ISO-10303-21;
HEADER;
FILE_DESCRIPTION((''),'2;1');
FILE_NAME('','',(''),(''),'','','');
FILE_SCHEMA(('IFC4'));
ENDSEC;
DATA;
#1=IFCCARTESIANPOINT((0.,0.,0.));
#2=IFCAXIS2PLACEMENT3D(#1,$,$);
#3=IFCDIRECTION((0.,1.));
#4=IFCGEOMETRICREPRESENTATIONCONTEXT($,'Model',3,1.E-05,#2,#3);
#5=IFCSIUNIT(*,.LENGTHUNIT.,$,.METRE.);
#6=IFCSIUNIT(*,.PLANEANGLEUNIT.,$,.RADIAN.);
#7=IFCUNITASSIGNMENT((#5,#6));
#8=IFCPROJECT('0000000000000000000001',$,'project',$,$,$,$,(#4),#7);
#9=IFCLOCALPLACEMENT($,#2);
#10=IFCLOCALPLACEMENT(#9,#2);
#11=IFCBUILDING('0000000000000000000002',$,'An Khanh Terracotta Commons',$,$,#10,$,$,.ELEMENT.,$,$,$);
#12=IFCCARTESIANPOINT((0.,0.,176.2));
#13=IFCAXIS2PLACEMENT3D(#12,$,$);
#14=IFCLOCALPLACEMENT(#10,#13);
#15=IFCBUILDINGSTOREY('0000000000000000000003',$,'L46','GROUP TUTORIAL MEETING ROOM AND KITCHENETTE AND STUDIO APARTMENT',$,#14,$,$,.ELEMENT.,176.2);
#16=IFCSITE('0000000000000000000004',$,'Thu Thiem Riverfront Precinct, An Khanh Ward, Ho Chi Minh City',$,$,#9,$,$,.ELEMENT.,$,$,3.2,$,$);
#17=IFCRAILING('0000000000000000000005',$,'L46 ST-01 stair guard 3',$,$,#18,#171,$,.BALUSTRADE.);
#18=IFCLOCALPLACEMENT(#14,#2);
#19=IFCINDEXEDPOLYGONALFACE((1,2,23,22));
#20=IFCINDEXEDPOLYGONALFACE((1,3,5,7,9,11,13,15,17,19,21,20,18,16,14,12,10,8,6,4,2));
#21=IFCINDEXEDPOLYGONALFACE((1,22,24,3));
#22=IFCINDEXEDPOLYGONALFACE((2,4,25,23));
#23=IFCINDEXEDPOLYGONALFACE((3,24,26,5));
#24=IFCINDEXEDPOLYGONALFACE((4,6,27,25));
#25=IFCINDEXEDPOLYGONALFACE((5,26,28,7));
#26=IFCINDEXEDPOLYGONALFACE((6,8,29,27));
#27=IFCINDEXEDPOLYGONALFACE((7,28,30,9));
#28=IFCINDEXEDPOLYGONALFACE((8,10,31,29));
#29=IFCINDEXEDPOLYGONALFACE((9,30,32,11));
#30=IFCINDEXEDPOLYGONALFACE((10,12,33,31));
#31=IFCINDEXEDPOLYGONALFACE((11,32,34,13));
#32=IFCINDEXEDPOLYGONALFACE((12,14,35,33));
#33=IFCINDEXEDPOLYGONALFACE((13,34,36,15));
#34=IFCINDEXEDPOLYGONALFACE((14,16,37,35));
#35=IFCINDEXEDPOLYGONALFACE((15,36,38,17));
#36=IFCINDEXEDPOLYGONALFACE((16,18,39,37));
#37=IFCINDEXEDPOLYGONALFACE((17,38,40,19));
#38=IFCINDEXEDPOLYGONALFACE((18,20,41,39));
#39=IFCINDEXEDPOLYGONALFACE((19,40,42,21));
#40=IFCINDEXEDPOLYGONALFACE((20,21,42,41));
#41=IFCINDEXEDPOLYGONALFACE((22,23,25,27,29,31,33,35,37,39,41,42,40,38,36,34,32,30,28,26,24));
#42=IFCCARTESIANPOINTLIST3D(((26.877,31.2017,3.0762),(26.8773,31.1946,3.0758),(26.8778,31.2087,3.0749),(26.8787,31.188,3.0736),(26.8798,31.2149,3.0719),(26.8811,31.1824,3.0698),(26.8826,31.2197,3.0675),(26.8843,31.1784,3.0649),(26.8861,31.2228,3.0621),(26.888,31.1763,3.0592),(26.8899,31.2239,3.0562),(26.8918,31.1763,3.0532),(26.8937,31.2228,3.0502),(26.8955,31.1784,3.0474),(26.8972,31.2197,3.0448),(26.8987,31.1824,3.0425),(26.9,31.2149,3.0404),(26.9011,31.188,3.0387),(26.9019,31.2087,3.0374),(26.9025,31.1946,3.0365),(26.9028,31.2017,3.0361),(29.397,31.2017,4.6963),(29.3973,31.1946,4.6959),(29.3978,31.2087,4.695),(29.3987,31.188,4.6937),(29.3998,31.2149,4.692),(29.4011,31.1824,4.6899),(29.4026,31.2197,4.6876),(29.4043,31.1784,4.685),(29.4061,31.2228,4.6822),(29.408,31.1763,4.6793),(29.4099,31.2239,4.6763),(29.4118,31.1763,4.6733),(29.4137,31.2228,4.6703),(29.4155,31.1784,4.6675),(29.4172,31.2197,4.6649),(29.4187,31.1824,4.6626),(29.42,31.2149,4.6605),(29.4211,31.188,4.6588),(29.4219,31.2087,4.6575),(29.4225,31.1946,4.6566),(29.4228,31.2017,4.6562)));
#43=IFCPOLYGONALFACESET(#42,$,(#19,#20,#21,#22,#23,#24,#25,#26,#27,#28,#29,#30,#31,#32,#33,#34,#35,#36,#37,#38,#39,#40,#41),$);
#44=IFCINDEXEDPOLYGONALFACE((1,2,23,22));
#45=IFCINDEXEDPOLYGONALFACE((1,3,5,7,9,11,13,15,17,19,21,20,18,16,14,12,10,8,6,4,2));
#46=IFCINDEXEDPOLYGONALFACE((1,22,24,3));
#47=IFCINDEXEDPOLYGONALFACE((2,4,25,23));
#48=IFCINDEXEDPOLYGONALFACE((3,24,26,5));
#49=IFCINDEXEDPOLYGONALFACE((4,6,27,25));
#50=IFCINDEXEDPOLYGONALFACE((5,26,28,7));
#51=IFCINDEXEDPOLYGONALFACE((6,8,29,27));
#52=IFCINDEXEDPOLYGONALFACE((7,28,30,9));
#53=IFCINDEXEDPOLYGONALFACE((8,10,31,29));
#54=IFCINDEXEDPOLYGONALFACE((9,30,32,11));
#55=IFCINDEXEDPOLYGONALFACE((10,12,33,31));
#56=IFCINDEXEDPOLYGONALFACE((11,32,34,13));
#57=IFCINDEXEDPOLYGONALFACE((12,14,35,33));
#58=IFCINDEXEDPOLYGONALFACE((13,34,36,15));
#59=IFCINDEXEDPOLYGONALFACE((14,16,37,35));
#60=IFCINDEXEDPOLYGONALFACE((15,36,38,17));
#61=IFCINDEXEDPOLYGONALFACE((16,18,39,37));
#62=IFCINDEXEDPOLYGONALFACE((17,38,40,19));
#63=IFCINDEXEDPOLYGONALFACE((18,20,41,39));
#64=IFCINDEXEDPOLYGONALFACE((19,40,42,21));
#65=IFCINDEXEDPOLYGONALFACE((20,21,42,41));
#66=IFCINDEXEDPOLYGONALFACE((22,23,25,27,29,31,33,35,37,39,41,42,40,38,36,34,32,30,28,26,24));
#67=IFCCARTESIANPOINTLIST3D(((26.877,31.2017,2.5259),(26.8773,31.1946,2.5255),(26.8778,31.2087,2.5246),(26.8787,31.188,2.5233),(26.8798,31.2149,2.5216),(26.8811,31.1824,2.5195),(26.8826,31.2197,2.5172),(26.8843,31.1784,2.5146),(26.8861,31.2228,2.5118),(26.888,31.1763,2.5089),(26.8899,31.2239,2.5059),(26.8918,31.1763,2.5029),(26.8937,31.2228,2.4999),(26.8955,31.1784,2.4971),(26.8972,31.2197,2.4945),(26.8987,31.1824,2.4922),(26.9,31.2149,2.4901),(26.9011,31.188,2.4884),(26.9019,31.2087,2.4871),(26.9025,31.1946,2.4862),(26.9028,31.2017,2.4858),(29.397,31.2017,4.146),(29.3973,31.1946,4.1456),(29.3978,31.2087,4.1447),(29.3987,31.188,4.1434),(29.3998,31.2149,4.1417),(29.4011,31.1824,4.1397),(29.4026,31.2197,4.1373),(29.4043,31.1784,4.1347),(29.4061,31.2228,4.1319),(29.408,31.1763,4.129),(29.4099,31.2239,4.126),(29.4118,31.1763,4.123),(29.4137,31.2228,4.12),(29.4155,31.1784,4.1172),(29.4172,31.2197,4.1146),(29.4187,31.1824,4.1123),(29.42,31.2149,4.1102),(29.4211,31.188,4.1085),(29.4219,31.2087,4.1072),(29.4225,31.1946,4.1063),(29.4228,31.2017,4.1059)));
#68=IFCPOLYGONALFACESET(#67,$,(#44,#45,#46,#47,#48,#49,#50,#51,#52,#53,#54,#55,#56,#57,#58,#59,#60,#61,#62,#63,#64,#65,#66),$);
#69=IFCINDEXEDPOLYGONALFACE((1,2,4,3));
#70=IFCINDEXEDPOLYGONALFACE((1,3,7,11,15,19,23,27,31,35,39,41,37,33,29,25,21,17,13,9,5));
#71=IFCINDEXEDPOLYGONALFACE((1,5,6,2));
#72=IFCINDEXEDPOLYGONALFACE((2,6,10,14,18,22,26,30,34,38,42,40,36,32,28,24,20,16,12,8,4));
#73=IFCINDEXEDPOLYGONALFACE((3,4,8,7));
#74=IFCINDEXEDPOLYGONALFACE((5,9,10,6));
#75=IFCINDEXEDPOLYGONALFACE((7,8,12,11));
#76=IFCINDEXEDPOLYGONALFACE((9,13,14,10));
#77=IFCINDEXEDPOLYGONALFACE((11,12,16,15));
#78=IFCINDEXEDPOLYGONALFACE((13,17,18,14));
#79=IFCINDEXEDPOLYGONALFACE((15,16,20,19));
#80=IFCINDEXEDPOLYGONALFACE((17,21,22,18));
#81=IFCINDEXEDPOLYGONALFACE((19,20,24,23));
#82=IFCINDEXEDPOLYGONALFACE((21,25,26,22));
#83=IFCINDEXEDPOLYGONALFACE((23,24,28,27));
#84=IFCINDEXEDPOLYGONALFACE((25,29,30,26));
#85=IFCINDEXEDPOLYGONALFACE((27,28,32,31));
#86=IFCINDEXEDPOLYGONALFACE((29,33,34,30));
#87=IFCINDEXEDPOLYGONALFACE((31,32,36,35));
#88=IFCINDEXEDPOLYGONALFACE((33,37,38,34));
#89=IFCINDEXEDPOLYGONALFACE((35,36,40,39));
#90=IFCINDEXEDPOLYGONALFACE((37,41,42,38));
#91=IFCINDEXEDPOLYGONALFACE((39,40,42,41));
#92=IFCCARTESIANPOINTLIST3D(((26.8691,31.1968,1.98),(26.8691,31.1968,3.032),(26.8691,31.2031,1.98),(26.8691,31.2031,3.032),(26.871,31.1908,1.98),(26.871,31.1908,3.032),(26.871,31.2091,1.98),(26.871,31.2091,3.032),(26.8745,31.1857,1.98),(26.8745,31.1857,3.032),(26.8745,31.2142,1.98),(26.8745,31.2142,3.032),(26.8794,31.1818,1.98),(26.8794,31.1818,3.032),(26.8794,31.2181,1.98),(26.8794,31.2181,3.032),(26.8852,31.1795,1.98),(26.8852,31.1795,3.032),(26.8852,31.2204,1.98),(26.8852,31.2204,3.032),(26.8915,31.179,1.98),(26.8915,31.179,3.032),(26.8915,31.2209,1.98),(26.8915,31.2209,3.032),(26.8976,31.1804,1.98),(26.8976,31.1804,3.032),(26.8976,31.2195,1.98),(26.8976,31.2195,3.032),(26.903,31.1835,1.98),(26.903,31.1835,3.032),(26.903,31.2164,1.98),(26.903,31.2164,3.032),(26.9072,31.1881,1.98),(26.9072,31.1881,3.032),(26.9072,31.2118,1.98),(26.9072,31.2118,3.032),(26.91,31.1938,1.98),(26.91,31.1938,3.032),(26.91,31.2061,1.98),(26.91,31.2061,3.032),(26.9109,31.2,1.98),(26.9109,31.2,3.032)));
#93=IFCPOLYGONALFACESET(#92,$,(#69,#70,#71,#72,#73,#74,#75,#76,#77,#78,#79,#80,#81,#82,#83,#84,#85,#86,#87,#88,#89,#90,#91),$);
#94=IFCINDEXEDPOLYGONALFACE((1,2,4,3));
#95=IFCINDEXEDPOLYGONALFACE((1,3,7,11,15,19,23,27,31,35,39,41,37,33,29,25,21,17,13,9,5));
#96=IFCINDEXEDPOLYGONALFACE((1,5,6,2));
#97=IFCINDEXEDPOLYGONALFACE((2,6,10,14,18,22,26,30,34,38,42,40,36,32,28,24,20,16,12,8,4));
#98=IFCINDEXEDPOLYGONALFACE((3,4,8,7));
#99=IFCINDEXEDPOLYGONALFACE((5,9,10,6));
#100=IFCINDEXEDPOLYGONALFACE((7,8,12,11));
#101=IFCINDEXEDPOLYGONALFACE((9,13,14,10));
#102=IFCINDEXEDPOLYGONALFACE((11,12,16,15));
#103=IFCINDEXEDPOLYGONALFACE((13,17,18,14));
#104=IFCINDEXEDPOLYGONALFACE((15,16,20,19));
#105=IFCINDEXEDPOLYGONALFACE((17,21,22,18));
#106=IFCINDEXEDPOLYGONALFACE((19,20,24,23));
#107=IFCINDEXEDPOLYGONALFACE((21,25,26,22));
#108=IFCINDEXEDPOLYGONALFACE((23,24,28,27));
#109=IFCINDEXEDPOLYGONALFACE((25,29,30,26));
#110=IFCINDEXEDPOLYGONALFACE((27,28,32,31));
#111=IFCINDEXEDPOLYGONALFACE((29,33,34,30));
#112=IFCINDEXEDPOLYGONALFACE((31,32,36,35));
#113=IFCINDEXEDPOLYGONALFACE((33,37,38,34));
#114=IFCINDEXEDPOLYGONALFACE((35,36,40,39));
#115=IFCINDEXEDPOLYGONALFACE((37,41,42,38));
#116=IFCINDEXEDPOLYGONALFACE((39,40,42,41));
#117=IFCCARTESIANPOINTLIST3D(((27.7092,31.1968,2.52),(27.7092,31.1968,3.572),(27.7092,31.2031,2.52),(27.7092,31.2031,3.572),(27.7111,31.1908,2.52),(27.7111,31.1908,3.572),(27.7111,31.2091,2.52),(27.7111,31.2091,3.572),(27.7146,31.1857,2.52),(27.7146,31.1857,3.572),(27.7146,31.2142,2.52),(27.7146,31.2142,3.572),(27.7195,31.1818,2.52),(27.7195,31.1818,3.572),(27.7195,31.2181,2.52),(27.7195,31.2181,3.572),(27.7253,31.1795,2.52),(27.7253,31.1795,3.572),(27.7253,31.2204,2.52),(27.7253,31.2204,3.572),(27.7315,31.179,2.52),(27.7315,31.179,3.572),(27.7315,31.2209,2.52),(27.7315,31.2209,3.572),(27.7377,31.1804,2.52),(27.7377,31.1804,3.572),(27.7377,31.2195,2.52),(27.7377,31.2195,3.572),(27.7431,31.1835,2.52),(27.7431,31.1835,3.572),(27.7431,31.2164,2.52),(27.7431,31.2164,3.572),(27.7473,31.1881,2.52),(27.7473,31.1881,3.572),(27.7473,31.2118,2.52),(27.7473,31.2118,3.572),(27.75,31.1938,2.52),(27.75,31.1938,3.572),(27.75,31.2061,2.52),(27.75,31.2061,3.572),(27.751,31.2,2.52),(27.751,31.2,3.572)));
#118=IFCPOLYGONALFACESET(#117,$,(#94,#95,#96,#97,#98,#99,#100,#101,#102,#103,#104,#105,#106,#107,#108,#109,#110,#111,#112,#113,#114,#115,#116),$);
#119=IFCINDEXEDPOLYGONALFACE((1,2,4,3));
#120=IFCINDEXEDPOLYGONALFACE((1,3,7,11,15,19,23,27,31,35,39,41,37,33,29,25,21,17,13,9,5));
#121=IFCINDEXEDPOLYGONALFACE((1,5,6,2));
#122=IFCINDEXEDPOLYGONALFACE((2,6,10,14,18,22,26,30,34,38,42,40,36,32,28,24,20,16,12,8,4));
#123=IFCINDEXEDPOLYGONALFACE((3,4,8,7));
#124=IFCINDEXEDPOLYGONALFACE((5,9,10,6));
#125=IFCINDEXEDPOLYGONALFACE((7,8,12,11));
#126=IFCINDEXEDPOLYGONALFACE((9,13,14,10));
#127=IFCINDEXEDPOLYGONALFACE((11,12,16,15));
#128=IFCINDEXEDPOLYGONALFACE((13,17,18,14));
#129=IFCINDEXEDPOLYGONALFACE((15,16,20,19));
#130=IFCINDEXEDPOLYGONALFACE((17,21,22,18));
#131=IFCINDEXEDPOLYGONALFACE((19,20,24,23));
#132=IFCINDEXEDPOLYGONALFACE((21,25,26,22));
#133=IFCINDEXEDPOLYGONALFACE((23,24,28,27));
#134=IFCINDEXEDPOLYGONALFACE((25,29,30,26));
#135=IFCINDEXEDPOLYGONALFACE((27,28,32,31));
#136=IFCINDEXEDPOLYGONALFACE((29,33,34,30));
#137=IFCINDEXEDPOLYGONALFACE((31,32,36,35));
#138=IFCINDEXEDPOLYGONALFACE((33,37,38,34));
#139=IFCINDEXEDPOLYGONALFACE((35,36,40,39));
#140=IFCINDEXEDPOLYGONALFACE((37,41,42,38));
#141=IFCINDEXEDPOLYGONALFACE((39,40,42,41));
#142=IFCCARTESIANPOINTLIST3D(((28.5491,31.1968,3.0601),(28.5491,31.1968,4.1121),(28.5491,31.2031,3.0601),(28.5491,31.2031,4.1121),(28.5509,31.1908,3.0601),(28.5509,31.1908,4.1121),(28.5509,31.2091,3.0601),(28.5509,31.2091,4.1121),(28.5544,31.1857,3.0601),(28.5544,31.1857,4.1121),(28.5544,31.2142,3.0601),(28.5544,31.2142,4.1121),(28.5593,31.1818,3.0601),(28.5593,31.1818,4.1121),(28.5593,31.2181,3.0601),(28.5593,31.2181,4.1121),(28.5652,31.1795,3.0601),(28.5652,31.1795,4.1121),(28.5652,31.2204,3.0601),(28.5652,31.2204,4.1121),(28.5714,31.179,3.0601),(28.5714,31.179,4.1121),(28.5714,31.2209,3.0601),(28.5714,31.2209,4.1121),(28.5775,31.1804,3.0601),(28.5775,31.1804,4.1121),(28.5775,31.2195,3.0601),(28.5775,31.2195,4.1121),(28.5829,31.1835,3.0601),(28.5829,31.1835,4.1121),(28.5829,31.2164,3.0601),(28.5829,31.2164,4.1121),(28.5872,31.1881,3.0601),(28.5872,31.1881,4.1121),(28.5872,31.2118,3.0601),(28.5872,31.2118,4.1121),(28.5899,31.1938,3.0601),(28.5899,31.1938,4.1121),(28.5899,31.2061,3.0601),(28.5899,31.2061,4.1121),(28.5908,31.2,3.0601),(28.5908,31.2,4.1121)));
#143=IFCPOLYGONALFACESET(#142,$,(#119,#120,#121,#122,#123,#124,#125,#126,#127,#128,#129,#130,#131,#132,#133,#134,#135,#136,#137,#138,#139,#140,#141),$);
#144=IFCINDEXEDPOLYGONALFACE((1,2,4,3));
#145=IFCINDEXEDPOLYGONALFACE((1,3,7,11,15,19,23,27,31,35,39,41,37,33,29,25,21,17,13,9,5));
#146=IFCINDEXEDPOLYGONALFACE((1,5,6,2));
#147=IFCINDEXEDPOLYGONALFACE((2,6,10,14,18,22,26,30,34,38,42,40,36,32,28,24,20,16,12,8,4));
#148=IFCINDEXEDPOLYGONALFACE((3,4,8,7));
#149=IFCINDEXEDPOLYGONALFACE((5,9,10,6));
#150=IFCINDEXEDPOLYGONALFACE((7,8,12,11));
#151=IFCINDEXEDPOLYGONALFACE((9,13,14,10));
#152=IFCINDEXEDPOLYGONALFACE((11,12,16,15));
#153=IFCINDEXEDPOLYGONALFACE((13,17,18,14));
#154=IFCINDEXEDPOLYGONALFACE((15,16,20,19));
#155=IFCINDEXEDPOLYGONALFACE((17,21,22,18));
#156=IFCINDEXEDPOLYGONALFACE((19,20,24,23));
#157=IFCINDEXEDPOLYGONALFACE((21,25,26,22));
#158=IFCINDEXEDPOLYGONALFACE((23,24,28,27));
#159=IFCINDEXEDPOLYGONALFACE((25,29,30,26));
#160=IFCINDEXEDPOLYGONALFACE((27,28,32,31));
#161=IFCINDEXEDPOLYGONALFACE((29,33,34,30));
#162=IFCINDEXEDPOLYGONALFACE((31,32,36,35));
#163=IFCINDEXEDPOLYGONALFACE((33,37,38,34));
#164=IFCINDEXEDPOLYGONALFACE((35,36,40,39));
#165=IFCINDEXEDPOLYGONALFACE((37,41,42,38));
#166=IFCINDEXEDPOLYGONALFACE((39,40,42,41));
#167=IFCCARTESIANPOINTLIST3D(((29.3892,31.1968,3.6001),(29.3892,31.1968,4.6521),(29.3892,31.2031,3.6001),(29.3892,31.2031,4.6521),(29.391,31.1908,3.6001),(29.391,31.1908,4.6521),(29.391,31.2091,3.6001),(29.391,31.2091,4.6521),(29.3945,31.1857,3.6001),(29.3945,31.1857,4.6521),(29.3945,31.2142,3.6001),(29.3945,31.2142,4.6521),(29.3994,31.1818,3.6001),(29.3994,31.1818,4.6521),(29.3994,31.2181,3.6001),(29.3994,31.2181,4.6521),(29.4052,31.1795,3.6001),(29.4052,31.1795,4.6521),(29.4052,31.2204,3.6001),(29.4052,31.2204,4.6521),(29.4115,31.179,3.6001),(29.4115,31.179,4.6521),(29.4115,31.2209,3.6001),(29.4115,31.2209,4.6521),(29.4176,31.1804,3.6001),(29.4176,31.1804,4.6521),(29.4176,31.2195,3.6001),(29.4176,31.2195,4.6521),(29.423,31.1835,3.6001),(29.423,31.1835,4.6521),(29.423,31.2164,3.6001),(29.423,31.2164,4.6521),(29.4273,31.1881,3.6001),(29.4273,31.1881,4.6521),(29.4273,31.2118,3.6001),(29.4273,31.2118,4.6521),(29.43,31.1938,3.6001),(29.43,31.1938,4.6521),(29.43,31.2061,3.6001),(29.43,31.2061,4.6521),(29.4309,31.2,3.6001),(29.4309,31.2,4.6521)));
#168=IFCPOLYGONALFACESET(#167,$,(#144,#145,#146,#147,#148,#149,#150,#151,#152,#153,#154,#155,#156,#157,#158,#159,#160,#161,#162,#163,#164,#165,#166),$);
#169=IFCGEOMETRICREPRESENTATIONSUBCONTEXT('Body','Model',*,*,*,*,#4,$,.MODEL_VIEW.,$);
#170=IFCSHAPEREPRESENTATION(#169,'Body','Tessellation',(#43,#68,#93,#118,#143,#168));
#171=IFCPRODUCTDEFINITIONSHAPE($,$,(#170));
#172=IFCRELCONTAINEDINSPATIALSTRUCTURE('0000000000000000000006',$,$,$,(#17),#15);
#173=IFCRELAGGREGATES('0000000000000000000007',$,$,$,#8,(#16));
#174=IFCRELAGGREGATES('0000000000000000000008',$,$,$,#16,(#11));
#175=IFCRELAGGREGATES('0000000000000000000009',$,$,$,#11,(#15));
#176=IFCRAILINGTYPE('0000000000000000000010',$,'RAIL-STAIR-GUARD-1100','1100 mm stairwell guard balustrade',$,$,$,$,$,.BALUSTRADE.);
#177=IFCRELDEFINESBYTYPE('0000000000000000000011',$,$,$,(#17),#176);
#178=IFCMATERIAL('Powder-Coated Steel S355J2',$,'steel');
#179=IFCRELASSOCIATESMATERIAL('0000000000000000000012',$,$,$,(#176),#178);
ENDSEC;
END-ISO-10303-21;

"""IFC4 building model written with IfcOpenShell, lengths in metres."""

from ifc_helpers import new_model, si_unit, direction, frame, origin, origin_2d, place, context, subcontext, project, spatial, circle, extrude, material, type_object, element, save


model = new_model("IFC4")

# Units and contexts
model_context = context("Model", 3, precision=1e-05, world=origin(), true_north=direction((0.0, 1.0)))
body_context = subcontext(model_context, "Body", "Model", "MODEL_VIEW")
ifc_project = project(units=[si_unit("LENGTHUNIT", "METRE"), si_unit("PLANEANGLEUNIT", "RADIAN")], contexts=[model_context])

# Site, building, storey
site_placement = place(None, origin())
site = spatial("IfcSite", under=ifc_project, at=site_placement, Name="Thu Thiem Riverfront Precinct, An Khanh Ward, Ho Chi Minh City", CompositionType="ELEMENT", RefElevation=3.2)
building_placement = place(site_placement, origin())
building = spatial("IfcBuilding", under=site, at=building_placement, Name="An Khanh Terracotta Commons", CompositionType="ELEMENT")
storey_placement = place(building_placement, frame((0.0, 0.0, 176.2)))
storey = spatial("IfcBuildingStorey", under=building, at=storey_placement, Name="L46", Description="GROUP TUTORIAL MEETING ROOM AND KITCHENETTE AND STUDIO APARTMENT", CompositionType="ELEMENT", Elevation=176.2)

# Railing
ifc_material_1 = material(Name="Powder-Coated Steel S355J2", Category="steel")
railing_type_1 = type_object("IfcRailingType", Name="RAIL-STAIR-GUARD-1100", Description="1100 mm stairwell guard balustrade", PredefinedType="BALUSTRADE", material=ifc_material_1)
railing_1_placement = place(storey_placement, frame((26.8899, 31.2, 1.98)))
element("IfcRailing", 1, at=railing_1_placement, inside=storey, type_object=railing_type_1, Name="L46 ST-01 stair guard 3", PredefinedType="BALUSTRADE", context=body_context, shape_type="SweptSolid", body=[
    extrude(circle(Radius=0.0239, at=origin_2d()), frame((0.0, 0.0, 1.0762), z_axis=(0.841163, 0.0, 0.540782), x_axis=(0.0, 1.0, 0.0)), (0.0, 0.0, 1.0), 2.9958),
    extrude(circle(Radius=0.0239, at=origin_2d()), frame((0.0, 0.0, 0.5259), z_axis=(0.841163, 0.0, 0.540782), x_axis=(0.0, 1.0, 0.0)), (0.0, 0.0, 1.0), 2.9958),
    extrude(circle(Radius=0.021, at=origin_2d()), origin(), (0.0, 0.0, 1.0), 1.052),
    extrude(circle(Radius=0.021, at=origin_2d()), frame((0.8401, 0.0, 0.54)), (0.0, 0.0, 1.0), 1.052),
    extrude(circle(Radius=0.021, at=origin_2d()), frame((1.6799, 0.0, 1.0801)), (0.0, 0.0, 1.0), 1.052),
    extrude(circle(Radius=0.021, at=origin_2d()), frame((2.52, 0.0, 1.6201)), (0.0, 0.0, 1.0), 1.052),
])

save(model, "model.ifc")
